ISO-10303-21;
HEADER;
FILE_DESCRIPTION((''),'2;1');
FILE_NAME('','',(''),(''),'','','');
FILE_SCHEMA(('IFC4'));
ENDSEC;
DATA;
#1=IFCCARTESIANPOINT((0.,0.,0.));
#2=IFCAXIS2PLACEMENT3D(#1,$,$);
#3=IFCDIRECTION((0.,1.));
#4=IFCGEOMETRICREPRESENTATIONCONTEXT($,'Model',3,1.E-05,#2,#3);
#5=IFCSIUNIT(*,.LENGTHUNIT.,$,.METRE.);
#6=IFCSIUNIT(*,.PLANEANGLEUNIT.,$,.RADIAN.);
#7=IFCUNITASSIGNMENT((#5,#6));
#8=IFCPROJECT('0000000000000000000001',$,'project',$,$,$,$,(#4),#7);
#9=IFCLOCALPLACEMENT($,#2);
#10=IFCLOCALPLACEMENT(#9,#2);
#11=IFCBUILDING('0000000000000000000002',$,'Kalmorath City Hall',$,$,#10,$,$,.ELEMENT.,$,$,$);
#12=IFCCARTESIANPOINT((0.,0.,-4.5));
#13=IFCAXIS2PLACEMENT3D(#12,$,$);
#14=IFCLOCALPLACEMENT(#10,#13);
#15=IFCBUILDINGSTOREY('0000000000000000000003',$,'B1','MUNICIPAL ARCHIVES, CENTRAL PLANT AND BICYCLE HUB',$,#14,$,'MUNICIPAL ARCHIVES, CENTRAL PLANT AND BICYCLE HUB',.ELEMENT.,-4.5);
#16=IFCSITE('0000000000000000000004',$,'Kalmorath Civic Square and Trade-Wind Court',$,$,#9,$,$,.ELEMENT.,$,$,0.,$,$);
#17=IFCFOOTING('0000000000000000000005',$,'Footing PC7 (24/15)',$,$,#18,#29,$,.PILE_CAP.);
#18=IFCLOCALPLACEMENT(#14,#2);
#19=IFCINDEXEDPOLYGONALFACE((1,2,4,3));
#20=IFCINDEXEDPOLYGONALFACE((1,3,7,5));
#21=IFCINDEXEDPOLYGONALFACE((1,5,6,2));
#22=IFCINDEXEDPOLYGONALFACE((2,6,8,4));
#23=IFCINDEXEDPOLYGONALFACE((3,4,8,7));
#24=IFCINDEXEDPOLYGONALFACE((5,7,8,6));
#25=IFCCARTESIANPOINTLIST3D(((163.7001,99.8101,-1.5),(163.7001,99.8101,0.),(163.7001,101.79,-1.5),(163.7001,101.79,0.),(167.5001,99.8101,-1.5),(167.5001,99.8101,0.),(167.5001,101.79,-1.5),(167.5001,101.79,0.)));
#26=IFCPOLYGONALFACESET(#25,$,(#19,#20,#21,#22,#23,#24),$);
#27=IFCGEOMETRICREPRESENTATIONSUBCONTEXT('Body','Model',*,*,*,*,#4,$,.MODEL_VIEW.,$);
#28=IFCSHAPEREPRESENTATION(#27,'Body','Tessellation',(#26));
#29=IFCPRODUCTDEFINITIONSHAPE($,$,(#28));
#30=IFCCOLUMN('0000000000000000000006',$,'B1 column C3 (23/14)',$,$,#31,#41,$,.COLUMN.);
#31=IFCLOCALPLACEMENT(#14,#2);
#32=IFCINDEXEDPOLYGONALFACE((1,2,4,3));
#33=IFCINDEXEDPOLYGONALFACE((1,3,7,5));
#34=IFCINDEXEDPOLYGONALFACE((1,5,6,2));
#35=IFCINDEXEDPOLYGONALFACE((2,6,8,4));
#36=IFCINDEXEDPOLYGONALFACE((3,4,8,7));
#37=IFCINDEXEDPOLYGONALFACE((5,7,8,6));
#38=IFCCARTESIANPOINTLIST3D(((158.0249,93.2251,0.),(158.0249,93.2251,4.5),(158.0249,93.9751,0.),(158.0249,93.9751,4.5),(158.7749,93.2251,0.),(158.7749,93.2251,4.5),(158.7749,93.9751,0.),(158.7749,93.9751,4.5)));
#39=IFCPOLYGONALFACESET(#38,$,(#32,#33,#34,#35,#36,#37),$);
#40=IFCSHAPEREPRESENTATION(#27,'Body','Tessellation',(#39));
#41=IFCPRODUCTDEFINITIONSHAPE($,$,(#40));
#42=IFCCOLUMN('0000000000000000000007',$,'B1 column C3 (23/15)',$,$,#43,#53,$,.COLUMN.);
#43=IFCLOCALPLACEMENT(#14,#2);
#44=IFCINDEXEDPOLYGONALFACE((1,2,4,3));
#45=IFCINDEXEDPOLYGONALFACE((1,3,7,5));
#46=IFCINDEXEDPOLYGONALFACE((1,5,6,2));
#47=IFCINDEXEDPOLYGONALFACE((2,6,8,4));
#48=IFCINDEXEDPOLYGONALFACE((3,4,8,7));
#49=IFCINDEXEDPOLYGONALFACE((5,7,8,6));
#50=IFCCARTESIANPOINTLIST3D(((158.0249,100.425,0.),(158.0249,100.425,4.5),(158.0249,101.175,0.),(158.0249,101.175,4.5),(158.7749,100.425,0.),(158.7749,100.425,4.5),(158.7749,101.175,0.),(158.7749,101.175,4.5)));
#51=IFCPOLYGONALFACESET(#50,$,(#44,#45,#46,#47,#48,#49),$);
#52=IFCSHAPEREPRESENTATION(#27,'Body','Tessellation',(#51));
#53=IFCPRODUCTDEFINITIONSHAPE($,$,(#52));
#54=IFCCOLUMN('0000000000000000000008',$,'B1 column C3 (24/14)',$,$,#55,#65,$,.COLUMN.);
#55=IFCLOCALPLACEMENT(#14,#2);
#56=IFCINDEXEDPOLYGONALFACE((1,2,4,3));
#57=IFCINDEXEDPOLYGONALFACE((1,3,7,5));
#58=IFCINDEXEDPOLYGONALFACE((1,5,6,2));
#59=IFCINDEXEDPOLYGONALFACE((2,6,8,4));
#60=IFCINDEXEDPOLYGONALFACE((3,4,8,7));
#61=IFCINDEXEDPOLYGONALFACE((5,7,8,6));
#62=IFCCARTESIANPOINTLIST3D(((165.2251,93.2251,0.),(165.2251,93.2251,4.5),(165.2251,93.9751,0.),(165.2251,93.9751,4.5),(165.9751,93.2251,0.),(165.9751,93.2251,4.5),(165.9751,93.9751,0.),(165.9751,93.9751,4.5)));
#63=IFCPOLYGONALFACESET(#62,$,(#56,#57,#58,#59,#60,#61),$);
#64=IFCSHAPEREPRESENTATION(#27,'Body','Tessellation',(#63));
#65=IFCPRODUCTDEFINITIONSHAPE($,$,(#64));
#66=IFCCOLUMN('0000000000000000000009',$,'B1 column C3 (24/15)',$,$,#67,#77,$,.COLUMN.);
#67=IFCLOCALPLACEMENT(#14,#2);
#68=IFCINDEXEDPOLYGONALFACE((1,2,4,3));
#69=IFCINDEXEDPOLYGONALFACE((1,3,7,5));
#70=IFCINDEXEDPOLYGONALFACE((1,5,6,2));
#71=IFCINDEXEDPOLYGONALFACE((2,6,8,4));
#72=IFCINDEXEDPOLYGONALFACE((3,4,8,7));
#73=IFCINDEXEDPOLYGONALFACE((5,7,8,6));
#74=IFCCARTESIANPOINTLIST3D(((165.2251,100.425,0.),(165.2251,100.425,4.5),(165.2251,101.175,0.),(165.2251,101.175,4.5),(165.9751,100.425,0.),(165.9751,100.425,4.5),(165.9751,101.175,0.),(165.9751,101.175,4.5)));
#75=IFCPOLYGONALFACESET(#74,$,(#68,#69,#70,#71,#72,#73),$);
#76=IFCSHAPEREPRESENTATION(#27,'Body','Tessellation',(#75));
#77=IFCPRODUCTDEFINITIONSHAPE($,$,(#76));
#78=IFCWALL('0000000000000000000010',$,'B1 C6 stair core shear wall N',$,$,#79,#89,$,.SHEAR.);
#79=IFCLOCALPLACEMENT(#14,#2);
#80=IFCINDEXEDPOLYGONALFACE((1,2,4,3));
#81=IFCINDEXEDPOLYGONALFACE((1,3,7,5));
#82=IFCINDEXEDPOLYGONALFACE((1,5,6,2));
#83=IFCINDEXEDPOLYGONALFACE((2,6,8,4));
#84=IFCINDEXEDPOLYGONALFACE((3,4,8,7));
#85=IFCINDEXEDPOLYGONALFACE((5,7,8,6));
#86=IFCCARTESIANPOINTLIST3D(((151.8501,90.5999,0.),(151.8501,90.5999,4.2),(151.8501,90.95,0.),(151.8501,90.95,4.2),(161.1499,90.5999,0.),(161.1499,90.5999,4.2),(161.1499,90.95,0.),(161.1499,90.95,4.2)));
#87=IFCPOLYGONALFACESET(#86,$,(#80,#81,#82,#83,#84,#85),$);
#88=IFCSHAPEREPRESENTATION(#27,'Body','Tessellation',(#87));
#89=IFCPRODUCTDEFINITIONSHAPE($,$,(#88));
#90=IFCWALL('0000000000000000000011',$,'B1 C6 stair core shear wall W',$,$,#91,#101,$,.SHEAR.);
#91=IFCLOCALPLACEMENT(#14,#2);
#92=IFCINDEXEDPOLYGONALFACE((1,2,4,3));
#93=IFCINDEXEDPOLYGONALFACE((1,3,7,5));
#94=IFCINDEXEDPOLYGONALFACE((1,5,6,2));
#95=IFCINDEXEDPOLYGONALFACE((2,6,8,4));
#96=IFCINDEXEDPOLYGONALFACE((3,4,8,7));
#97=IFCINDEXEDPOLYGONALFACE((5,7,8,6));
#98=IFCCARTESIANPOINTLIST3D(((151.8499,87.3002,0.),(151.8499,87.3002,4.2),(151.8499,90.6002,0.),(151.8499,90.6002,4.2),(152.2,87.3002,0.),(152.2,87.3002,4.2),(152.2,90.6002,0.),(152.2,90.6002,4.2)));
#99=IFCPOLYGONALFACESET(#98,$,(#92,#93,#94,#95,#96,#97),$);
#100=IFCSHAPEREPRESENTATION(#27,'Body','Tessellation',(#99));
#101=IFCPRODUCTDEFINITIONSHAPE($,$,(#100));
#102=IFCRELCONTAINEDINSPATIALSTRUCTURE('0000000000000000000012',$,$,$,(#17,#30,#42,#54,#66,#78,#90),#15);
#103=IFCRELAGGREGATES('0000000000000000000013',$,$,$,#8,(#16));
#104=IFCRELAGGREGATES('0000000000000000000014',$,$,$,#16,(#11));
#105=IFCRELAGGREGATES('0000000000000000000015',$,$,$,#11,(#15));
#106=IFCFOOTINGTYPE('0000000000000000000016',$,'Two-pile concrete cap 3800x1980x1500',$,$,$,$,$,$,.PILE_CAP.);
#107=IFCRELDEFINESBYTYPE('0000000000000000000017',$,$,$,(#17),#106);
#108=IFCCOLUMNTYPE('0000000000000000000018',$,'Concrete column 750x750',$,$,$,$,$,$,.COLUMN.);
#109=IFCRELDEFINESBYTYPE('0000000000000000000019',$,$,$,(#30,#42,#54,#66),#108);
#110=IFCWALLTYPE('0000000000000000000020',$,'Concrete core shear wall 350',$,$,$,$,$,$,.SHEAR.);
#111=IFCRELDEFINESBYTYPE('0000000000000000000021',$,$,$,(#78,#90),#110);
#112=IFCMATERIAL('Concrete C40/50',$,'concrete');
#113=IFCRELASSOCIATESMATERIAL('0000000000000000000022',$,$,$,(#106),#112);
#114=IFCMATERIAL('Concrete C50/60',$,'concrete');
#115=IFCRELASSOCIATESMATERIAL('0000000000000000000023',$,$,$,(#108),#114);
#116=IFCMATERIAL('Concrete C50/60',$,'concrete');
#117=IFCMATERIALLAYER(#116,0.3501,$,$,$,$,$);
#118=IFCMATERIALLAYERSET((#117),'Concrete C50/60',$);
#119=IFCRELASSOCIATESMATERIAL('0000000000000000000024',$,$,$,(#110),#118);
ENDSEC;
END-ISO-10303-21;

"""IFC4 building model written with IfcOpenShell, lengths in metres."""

from ifc_helpers import new_model, si_unit, direction, frame, frame_2d, origin, origin_2d, place, context, subcontext, project, spatial, rectangle, extrude, material, layer, layer_set, material_profile, profile_set, type_object, element, save


model = new_model("IFC4")

# Units and contexts
model_context = context("Model", 3, precision=1e-05, world=origin(), true_north=direction((0.0, 1.0)))
body_context = subcontext(model_context, "Body", "Model", "MODEL_VIEW")
ifc_project = project(units=[si_unit("LENGTHUNIT", "METRE"), si_unit("PLANEANGLEUNIT", "RADIAN")], contexts=[model_context])

# Site, building, storey
site_placement = place(None, origin())
site = spatial("IfcSite", under=ifc_project, at=site_placement, Name="Kalmorath Civic Square and Trade-Wind Court", CompositionType="ELEMENT", RefElevation=0.0)
building_placement = place(site_placement, origin())
building = spatial("IfcBuilding", under=site, at=building_placement, Name="Kalmorath City Hall", CompositionType="ELEMENT")
storey_placement = place(building_placement, frame((0.0, 0.0, -4.5)))
storey = spatial("IfcBuildingStorey", under=building, at=storey_placement, Name="B1", Description="MUNICIPAL ARCHIVES, CENTRAL PLANT AND BICYCLE HUB", LongName="MUNICIPAL ARCHIVES, CENTRAL PLANT AND BICYCLE HUB", CompositionType="ELEMENT", Elevation=-4.5)

# Footing
ifc_material_1 = material(Name="Concrete C40/50", Category="concrete")
footing_type_1 = type_object("IfcFootingType", Name="Two-pile concrete cap 3800x1980x1500", PredefinedType="PILE_CAP", material=ifc_material_1)
for number, where, z_axis, x_axis, name in (
    (1, (165.6001, 100.8, -1.5), (0.0, 0.0, 1.0), (1.0, 0.0, 0.0), "Footing PC7 (24/15)"),
):
    element("IfcFooting", number, at=place(storey_placement, frame(where, z_axis=z_axis, x_axis=x_axis)), inside=storey, type_object=footing_type_1, Name=name, PredefinedType="PILE_CAP", context=body_context, shape_type="SweptSolid", body=[
        extrude(rectangle(XDim=3.8, YDim=1.98, at=origin_2d()), origin(), (0.0, 0.0, 1.0), 1.5),
    ])

# Columns
ifc_material_2 = material(Name="Concrete C50/60", Category="concrete")
ifc_material_profile_1 = material_profile(ifc_material_2, rectangle(XDim=0.75, YDim=0.75, at=origin_2d()), Name="RC-COL-750X750")
ifc_profile_set_1 = profile_set([ifc_material_profile_1], Name="Concrete C50/60")
column_type = type_object("IfcColumnType", Name="Concrete column 750x750", PredefinedType="COLUMN", material=ifc_profile_set_1)
for number, where, z_axis, x_axis, name in (
    (2, (158.3999, 93.6001, 0.0), (0.0, 0.0, 1.0), (1.0, 0.0, 0.0), "B1 column C3 (23/14)"),
    (3, (158.3999, 100.8, 0.0), (0.0, 0.0, 1.0), (1.0, 0.0, 0.0), "B1 column C3 (23/15)"),
    (4, (165.6001, 93.6001, 0.0), (0.0, 0.0, 1.0), (1.0, 0.0, 0.0), "B1 column C3 (24/14)"),
    (5, (165.6001, 100.8, 0.0), (0.0, 0.0, 1.0), (1.0, 0.0, 0.0), "B1 column C3 (24/15)"),
):
    element("IfcColumn", number, at=place(storey_placement, frame(where, z_axis=z_axis, x_axis=x_axis)), inside=storey, type_object=column_type, Name=name, PredefinedType="COLUMN", context=body_context, shape_type="SweptSolid", body=[
        extrude(rectangle(XDim=0.75, YDim=0.75, at=origin_2d()), origin(), (0.0, 0.0, 1.0), 4.5),
    ])

# Walls
ifc_material_3 = material(Name="Concrete C50/60", Category="concrete")
ifc_layer = layer(ifc_material_3, 0.3501)
ifc_layer_set = layer_set([ifc_layer], Name="Concrete C50/60")
wall_type = type_object("IfcWallType", Name="Concrete core shear wall 350", PredefinedType="SHEAR", material=ifc_layer_set)
wall_1_placement = place(storey_placement, frame((161.1499, 90.7749, 0.0), z_axis=(0.0, 0.0, 1.0), x_axis=(-1.0, 0.0, 0.0)))
element("IfcWall", 6, at=wall_1_placement, inside=storey, type_object=wall_type, Name="B1 C6 stair core shear wall N", PredefinedType="SHEAR", context=body_context, shape_type="SweptSolid", body=[
    extrude(rectangle(XDim=9.2998, YDim=0.3501, at=frame_2d((4.6499, 0.0))), origin(), (0.0, 0.0, 1.0), 4.2),
])
wall_2_placement = place(storey_placement, frame((152.0249, 90.6001, 0.0), z_axis=(0.0, 0.0, 1.0), x_axis=(0.0, -1.0, 0.0)))
element("IfcWall", 7, at=wall_2_placement, inside=storey, type_object=wall_type, Name="B1 C6 stair core shear wall W", PredefinedType="SHEAR", context=body_context, shape_type="SweptSolid", body=[
    extrude(rectangle(XDim=3.3, YDim=0.3501, at=frame_2d((1.6499, 0.0))), origin(), (0.0, 0.0, 1.0), 4.2),
])

save(model, "model.ifc")
